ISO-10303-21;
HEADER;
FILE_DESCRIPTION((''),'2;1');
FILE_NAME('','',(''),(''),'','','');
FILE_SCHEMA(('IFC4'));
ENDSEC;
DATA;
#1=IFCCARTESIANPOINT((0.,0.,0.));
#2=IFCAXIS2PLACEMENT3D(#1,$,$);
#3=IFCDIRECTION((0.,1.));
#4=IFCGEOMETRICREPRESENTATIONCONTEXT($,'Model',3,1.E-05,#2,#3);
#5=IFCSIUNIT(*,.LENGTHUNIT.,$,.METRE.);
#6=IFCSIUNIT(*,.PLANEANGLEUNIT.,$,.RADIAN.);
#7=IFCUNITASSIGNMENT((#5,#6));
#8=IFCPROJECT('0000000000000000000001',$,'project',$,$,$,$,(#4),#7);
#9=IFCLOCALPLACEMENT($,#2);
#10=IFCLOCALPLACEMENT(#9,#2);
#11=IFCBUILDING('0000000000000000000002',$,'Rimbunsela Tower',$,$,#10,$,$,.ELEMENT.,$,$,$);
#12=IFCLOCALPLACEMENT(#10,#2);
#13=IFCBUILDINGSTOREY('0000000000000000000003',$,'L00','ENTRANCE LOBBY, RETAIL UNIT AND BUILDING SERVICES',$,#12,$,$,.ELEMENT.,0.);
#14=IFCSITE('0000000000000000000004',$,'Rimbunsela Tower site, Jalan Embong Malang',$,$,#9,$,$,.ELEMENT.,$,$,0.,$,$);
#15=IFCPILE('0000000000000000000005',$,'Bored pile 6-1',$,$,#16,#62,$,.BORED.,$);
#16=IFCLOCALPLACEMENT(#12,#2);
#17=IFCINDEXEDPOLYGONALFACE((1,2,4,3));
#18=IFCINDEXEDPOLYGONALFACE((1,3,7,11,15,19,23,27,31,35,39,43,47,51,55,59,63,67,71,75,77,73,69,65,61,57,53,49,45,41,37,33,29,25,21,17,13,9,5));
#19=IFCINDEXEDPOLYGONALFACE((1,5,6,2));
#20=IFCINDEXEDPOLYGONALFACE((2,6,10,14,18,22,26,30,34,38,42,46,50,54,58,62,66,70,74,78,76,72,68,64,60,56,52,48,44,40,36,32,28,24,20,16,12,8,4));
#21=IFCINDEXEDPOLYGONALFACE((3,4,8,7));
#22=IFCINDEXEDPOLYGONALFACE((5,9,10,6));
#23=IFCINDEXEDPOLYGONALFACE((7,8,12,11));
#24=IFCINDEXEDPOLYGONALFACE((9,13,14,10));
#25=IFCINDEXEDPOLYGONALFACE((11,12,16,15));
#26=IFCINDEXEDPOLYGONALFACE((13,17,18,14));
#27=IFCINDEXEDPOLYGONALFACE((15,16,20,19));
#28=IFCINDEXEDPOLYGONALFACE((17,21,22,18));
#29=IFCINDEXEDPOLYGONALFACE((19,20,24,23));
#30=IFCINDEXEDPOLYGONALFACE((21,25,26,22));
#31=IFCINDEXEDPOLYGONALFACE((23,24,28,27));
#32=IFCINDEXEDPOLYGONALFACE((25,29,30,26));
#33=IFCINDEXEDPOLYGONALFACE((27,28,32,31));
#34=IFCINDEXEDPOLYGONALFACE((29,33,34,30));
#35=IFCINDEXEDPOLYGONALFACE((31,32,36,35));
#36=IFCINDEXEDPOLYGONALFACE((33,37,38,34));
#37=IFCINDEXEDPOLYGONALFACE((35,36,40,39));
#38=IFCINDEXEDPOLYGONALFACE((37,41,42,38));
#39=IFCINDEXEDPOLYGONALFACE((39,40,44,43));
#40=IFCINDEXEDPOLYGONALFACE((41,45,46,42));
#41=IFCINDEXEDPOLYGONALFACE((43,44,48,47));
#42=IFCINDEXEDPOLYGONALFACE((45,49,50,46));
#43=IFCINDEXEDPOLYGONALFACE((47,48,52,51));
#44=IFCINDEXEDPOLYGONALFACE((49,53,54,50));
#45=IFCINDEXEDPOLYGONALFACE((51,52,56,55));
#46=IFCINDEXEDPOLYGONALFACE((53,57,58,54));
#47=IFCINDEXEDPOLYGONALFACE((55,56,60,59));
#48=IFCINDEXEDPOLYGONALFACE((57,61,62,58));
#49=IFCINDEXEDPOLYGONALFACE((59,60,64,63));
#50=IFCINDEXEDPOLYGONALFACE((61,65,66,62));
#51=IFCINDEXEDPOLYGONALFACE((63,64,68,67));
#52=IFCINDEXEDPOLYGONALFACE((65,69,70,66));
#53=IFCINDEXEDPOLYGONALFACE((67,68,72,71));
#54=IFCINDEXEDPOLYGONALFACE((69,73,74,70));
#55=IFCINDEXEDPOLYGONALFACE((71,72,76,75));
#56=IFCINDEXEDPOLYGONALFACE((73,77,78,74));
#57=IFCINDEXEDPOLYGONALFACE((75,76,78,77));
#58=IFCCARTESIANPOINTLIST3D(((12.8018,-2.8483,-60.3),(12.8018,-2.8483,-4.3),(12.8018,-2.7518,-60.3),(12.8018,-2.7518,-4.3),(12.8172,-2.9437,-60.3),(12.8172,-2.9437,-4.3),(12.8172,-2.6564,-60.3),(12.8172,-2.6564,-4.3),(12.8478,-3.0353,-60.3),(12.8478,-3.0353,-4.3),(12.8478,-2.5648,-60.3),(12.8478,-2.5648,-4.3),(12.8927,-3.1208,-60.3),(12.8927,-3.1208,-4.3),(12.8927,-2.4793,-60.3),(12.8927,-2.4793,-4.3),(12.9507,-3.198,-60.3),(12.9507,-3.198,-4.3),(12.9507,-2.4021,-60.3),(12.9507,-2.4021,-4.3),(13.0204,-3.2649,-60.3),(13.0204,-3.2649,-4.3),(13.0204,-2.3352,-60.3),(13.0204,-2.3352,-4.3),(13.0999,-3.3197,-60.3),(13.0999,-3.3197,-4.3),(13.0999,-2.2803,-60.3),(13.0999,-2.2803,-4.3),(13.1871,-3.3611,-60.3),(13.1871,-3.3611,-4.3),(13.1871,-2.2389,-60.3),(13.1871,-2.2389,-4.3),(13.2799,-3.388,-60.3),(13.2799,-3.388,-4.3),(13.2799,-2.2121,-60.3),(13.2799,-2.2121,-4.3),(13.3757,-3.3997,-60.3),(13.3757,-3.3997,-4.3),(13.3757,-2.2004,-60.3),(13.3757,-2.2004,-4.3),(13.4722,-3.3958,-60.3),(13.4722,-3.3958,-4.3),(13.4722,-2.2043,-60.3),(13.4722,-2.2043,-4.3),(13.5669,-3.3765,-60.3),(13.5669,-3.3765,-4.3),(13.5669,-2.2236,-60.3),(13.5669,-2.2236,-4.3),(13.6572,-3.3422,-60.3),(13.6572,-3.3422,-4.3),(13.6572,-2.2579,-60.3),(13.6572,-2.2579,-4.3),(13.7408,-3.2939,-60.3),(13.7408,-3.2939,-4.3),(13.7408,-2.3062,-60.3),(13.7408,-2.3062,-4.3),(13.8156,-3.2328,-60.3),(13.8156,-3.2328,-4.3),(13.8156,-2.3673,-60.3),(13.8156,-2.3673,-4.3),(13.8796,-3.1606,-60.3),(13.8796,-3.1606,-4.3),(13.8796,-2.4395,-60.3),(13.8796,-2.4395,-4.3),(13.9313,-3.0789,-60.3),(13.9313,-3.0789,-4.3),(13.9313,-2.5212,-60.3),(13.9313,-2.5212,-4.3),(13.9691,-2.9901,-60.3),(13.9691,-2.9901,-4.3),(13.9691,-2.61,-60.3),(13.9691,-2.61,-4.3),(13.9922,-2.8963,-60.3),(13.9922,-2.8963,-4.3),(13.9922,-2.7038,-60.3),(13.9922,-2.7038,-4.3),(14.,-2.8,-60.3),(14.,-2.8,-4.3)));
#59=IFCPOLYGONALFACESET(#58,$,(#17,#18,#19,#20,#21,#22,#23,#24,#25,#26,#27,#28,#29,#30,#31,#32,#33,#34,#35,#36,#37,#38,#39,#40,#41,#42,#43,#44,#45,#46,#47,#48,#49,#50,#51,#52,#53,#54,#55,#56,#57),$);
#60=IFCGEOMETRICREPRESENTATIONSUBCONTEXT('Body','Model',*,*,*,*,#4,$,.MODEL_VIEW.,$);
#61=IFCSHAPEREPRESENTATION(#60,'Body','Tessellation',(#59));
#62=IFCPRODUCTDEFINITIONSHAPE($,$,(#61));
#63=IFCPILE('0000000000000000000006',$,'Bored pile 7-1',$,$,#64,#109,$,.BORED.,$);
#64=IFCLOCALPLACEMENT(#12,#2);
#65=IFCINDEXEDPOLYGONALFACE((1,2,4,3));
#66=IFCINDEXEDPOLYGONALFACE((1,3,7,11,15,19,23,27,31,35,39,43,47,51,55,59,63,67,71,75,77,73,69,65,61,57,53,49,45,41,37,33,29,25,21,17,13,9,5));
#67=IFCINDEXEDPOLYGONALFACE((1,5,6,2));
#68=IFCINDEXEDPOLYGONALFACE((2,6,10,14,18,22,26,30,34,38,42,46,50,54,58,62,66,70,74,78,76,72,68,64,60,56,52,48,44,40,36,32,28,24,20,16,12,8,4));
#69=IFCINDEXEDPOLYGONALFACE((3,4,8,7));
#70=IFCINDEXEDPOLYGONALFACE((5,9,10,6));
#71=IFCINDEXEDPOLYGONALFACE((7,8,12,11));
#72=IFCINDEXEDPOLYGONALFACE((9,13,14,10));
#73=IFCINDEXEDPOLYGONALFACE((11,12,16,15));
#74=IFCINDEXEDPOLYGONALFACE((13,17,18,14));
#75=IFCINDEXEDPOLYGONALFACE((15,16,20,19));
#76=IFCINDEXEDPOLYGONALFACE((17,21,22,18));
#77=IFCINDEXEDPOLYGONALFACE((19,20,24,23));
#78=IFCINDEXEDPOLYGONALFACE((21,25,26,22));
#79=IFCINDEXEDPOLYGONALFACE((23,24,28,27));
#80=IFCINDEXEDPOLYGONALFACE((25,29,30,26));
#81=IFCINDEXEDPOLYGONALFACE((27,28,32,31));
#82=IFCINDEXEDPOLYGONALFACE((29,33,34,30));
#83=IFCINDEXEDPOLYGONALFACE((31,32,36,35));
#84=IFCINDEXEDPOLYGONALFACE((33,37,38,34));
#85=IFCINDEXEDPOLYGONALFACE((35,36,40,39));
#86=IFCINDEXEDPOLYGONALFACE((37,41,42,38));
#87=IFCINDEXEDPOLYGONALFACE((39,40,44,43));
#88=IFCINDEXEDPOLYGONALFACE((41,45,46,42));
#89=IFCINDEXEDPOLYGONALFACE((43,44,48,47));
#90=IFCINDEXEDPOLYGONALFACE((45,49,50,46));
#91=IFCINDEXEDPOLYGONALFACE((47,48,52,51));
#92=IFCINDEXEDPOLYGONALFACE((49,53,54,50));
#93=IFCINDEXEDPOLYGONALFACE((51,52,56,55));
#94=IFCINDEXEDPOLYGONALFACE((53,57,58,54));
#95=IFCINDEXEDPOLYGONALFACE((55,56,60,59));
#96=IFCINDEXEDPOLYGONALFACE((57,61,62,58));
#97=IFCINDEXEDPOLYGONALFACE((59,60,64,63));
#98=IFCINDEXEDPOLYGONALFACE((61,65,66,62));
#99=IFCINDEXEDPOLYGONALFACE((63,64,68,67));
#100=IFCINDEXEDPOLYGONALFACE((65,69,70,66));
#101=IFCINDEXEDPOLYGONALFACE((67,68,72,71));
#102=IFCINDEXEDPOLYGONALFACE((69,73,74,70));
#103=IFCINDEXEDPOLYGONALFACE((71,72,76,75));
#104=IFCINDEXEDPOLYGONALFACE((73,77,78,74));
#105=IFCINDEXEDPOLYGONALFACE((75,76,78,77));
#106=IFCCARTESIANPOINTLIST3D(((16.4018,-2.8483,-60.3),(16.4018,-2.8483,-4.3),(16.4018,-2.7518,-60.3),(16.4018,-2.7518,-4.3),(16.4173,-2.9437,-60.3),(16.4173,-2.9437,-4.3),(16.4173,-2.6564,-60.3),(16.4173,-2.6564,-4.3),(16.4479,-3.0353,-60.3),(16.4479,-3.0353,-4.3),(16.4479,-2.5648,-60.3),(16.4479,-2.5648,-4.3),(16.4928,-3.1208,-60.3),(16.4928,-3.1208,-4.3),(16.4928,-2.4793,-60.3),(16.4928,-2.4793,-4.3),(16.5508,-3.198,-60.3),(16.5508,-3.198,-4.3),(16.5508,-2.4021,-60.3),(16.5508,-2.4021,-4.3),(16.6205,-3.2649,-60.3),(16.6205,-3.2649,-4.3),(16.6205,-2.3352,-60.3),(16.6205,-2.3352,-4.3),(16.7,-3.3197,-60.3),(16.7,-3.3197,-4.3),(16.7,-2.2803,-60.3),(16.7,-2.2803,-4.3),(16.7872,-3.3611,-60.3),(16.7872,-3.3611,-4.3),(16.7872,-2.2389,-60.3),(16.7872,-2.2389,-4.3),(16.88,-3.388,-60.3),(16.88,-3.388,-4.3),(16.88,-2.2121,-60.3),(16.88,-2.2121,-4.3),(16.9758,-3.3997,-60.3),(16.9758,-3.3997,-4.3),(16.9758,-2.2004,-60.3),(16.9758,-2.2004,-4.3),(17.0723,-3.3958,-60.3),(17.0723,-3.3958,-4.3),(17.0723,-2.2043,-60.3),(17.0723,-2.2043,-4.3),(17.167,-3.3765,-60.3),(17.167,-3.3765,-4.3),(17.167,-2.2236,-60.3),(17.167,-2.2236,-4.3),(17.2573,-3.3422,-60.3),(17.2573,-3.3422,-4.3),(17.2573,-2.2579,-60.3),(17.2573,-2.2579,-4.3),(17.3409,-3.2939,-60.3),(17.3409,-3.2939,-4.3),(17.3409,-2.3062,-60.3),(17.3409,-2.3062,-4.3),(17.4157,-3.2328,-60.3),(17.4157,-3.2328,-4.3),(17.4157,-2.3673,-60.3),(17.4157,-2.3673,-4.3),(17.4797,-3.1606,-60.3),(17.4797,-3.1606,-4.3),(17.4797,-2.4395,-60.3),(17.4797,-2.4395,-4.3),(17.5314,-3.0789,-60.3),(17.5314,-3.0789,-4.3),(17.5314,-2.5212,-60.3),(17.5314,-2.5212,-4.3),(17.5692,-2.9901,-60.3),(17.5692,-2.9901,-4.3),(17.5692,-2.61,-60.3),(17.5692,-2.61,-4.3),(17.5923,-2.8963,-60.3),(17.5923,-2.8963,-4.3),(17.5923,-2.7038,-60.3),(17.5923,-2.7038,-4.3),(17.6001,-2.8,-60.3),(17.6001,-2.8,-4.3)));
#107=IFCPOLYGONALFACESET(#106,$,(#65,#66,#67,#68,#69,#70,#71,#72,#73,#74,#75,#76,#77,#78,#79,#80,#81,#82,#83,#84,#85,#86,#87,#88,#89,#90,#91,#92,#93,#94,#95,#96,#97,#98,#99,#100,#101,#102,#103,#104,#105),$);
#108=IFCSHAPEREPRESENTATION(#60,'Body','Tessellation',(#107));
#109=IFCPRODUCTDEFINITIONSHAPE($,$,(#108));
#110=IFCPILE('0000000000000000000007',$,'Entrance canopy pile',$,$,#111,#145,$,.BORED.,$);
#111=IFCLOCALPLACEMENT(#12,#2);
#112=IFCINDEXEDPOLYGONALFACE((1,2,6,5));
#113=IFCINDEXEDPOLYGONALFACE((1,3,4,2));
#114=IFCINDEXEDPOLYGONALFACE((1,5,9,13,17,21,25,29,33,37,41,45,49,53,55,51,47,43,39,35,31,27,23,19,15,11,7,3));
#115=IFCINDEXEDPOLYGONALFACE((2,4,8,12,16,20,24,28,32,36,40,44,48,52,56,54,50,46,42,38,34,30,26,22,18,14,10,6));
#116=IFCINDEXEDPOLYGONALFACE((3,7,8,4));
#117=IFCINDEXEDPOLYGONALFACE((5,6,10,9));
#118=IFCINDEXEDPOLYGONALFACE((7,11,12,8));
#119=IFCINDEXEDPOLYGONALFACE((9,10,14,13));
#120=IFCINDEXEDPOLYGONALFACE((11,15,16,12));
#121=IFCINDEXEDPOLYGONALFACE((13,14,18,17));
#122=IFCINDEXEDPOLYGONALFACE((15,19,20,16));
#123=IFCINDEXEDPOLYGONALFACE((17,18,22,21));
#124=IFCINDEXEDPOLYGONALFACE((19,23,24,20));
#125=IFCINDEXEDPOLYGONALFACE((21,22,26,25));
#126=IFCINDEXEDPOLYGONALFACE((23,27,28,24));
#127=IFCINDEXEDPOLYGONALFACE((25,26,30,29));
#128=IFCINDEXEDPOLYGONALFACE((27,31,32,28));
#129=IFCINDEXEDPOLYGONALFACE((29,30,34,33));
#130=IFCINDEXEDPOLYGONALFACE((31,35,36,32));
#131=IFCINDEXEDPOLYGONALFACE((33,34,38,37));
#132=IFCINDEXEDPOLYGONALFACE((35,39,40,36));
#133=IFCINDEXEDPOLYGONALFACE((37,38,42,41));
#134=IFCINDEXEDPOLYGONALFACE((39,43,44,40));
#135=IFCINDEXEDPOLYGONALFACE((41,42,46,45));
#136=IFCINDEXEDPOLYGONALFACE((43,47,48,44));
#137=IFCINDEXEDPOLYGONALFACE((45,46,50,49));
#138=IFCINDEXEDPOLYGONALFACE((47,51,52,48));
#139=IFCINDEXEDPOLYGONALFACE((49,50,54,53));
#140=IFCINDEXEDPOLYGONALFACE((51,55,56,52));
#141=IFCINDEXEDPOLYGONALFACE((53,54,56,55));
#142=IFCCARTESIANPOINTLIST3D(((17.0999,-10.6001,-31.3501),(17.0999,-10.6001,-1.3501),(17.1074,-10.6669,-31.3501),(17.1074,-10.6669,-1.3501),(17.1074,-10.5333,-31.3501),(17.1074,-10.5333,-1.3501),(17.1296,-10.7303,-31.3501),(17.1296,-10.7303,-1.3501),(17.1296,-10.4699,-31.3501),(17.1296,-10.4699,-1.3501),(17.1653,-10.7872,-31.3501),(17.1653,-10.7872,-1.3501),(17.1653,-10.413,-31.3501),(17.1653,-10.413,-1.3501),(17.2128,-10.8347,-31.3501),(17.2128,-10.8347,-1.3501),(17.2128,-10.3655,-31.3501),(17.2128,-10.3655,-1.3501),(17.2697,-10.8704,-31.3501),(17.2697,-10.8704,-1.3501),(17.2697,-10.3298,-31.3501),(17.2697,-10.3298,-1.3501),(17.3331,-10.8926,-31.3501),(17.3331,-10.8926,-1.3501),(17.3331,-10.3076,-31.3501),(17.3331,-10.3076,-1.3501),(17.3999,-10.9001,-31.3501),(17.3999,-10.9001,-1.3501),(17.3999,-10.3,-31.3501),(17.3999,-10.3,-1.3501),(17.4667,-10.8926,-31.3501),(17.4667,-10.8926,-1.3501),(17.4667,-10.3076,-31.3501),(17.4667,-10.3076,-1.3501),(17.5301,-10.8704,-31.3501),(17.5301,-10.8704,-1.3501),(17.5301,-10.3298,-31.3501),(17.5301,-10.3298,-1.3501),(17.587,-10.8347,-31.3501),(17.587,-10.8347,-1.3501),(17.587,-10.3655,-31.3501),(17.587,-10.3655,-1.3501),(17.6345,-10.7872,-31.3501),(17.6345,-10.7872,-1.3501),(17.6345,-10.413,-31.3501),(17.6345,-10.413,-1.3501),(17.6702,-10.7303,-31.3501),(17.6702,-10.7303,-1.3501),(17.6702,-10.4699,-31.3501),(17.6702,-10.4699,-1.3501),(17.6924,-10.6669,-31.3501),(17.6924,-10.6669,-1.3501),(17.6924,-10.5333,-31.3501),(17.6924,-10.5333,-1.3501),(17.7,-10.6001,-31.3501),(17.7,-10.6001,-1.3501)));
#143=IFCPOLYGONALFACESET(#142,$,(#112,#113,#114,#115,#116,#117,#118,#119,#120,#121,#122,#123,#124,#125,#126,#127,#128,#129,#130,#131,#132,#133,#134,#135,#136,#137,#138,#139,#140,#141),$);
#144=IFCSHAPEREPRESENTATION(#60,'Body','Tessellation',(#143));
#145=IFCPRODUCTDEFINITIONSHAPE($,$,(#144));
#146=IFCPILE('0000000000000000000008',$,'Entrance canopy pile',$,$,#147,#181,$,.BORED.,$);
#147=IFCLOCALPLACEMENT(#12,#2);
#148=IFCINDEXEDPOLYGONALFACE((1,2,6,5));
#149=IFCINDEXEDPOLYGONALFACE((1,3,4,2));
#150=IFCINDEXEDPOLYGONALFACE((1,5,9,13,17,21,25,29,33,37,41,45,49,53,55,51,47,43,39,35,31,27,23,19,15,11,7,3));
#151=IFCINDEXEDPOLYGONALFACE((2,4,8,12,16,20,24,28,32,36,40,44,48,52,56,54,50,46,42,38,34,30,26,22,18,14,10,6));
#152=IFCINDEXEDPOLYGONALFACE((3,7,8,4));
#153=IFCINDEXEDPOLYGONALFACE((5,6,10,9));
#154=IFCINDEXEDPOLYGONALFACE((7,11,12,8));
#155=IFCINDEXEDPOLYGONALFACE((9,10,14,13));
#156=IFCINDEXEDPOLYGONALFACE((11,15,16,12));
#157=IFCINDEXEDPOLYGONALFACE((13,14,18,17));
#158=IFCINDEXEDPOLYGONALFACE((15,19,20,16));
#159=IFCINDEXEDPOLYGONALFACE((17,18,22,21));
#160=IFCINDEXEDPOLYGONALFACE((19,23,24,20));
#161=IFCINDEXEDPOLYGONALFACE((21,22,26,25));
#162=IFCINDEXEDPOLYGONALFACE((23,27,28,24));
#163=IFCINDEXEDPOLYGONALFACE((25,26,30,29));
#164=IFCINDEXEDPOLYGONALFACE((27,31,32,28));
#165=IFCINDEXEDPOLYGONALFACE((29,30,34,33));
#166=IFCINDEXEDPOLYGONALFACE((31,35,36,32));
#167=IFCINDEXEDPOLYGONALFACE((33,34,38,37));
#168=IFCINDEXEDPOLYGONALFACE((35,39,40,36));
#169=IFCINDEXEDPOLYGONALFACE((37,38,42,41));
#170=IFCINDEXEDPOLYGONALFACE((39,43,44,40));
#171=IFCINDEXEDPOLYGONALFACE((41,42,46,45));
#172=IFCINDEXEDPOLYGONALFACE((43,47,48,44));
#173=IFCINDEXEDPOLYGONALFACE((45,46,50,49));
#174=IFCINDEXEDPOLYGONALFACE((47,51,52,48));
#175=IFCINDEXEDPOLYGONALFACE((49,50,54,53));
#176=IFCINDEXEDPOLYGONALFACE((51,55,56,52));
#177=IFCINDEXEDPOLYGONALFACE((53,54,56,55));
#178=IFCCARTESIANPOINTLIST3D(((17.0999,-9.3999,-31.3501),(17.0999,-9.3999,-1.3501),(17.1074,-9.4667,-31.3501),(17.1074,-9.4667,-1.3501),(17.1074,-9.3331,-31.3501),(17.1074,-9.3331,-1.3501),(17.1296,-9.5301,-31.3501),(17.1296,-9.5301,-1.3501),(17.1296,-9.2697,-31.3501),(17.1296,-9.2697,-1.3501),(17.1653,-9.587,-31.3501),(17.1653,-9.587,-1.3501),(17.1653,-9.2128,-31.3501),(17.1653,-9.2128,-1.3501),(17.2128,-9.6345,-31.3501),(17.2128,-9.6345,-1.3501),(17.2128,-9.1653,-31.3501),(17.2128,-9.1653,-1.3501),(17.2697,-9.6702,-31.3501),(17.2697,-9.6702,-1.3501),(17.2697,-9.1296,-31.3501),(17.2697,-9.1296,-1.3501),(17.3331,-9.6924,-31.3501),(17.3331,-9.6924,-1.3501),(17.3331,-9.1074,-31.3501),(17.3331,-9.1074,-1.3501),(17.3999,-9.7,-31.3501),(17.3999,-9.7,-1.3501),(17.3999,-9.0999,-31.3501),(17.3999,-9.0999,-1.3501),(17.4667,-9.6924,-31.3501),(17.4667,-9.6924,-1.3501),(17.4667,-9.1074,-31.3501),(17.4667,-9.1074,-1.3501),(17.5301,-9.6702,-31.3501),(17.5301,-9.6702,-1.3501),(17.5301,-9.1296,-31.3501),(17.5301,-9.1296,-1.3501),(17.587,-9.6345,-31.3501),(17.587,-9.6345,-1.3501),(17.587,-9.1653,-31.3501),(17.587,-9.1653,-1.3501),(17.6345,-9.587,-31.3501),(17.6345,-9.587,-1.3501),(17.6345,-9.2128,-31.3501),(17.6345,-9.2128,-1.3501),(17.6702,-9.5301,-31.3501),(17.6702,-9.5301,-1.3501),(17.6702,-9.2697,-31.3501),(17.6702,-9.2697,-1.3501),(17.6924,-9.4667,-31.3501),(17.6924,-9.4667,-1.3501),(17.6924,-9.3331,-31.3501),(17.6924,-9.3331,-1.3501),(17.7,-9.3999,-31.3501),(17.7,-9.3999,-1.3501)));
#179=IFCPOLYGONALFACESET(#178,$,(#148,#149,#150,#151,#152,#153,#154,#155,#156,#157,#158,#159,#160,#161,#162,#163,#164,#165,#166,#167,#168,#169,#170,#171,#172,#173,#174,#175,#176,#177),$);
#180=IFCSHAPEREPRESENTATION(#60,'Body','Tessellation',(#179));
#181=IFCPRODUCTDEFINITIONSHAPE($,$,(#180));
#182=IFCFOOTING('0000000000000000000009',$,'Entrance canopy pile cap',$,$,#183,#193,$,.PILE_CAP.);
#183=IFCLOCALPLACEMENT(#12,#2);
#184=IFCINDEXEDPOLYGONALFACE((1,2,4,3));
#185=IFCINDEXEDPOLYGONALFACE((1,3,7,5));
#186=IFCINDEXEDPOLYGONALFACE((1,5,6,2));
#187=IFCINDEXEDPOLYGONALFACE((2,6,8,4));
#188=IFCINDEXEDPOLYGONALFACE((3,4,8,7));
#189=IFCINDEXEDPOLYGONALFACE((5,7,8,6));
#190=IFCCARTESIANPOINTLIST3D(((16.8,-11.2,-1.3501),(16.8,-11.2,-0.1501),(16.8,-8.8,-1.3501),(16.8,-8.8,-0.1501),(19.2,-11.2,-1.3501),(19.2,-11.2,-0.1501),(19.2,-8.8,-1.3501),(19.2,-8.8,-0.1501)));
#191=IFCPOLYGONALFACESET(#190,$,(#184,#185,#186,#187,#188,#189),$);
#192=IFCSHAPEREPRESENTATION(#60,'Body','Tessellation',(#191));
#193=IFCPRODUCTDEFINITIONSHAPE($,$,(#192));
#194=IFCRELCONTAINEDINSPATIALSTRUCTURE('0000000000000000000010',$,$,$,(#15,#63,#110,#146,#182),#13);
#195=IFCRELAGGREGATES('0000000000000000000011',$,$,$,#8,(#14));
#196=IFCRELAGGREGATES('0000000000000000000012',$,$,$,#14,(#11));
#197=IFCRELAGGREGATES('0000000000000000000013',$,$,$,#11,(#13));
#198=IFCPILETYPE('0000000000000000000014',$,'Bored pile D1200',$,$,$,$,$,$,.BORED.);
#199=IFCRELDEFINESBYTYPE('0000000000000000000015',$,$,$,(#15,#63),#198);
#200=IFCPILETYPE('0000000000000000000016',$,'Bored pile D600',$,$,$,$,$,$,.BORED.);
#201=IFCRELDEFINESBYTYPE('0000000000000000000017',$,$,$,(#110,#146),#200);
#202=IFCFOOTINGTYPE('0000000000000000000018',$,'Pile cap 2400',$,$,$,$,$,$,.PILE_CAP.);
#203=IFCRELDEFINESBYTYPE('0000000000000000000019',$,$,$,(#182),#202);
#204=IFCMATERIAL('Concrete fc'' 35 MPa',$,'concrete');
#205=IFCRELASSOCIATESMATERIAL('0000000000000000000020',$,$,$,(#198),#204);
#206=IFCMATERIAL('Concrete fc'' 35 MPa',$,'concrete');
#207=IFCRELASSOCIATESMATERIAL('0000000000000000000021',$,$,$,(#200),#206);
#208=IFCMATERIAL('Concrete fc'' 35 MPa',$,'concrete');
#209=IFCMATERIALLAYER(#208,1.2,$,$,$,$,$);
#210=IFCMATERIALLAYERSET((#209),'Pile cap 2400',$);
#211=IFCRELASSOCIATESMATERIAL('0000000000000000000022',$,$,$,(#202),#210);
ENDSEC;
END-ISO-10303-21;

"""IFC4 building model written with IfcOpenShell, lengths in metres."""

from ifc_helpers import new_model, si_unit, direction, frame, origin, origin_2d, place, context, subcontext, project, spatial, rectangle, circle, extrude, material, layer, layer_set, material_profile, profile_set, type_object, element, save


model = new_model("IFC4")

# Units and contexts
model_context = context("Model", 3, precision=1e-05, world=origin(), true_north=direction((0.0, 1.0)))
body_context = subcontext(model_context, "Body", "Model", "MODEL_VIEW")
ifc_project = project(units=[si_unit("LENGTHUNIT", "METRE"), si_unit("PLANEANGLEUNIT", "RADIAN")], contexts=[model_context])

# Site, building, storey
site_placement = place(None, origin())
site = spatial("IfcSite", under=ifc_project, at=site_placement, Name="Rimbunsela Tower site, Jalan Embong Malang", CompositionType="ELEMENT", RefElevation=0.0)
building_placement = place(site_placement, origin())
building = spatial("IfcBuilding", under=site, at=building_placement, Name="Rimbunsela Tower", CompositionType="ELEMENT")
storey_placement = place(building_placement, origin())
storey = spatial("IfcBuildingStorey", under=building, at=storey_placement, Name="L00", Description="ENTRANCE LOBBY, RETAIL UNIT AND BUILDING SERVICES", CompositionType="ELEMENT", Elevation=0.0)

# Piles
ifc_material_1 = material(Name="Concrete fc' 35 MPa", Category="concrete")
ifc_material_profile_1 = material_profile(ifc_material_1, circle(Radius=0.6001, at=origin_2d()), Name="BP D1200")
ifc_profile_set_1 = profile_set([ifc_material_profile_1], Name="Concrete fc' 35 MPa")
pile_type_1 = type_object("IfcPileType", Name="Bored pile D1200", PredefinedType="BORED", material=ifc_profile_set_1)
for number, where, z_axis, x_axis, name in (
    (1, (13.3999, -2.8, -4.3), (0.0, 0.0, -1.0), (1.0, 0.0, 0.0), "Bored pile 6-1"),
    (2, (17.0, -2.8, -4.3), (0.0, 0.0, -1.0), (1.0, 0.0, 0.0), "Bored pile 7-1"),
):
    element("IfcPile", number, at=place(storey_placement, frame(where, z_axis=z_axis, x_axis=x_axis)), inside=storey, type_object=pile_type_1, Name=name, PredefinedType="BORED", context=body_context, shape_type="SweptSolid", body=[
        extrude(circle(Radius=0.6001, at=origin_2d()), origin(), (0.0, 0.0, 1.0), 56.0),
    ])
ifc_material_2 = material(Name="Concrete fc' 35 MPa", Category="concrete")
ifc_material_profile_2 = material_profile(ifc_material_2, circle(Radius=0.3, at=origin_2d()), Name="BP D600")
ifc_profile_set_2 = profile_set([ifc_material_profile_2], Name="Concrete fc' 35 MPa")
pile_type_2 = type_object("IfcPileType", Name="Bored pile D600", PredefinedType="BORED", material=ifc_profile_set_2)
for number, where, z_axis, x_axis, name in (
    (3, (17.3999, -10.6001, -1.3501), (0.0, 0.0, -1.0), (1.0, 0.0, 0.0), "Entrance canopy pile"),
    (4, (17.3999, -9.3999, -1.3501), (0.0, 0.0, -1.0), (1.0, 0.0, 0.0), "Entrance canopy pile"),
):
    element("IfcPile", number, at=place(storey_placement, frame(where, z_axis=z_axis, x_axis=x_axis)), inside=storey, type_object=pile_type_2, Name=name, PredefinedType="BORED", context=body_context, shape_type="SweptSolid", body=[
        extrude(circle(Radius=0.3, at=origin_2d()), origin(), (0.0, 0.0, 1.0), 30.0),
    ])

# Footing
ifc_material_3 = material(Name="Concrete fc' 35 MPa", Category="concrete")
ifc_layer_1 = layer(ifc_material_3, 1.2)
ifc_layer_set_1 = layer_set([ifc_layer_1], Name="Pile cap 2400")
footing_type = type_object("IfcFootingType", Name="Pile cap 2400", PredefinedType="PILE_CAP", material=ifc_layer_set_1)
footing_placement = place(storey_placement, frame((18.0, -10.0, -1.3501), z_axis=(0.0, 0.0, 1.0), x_axis=(1.0, 0.0, 0.0)))
element("IfcFooting", 5, at=footing_placement, inside=storey, type_object=footing_type, Name="Entrance canopy pile cap", PredefinedType="PILE_CAP", context=body_context, shape_type="SweptSolid", body=[
    extrude(rectangle(XDim=2.3999, YDim=2.3999, at=origin_2d()), origin(), (0.0, 0.0, 1.0), 1.2),
])

save(model, "model.ifc")
